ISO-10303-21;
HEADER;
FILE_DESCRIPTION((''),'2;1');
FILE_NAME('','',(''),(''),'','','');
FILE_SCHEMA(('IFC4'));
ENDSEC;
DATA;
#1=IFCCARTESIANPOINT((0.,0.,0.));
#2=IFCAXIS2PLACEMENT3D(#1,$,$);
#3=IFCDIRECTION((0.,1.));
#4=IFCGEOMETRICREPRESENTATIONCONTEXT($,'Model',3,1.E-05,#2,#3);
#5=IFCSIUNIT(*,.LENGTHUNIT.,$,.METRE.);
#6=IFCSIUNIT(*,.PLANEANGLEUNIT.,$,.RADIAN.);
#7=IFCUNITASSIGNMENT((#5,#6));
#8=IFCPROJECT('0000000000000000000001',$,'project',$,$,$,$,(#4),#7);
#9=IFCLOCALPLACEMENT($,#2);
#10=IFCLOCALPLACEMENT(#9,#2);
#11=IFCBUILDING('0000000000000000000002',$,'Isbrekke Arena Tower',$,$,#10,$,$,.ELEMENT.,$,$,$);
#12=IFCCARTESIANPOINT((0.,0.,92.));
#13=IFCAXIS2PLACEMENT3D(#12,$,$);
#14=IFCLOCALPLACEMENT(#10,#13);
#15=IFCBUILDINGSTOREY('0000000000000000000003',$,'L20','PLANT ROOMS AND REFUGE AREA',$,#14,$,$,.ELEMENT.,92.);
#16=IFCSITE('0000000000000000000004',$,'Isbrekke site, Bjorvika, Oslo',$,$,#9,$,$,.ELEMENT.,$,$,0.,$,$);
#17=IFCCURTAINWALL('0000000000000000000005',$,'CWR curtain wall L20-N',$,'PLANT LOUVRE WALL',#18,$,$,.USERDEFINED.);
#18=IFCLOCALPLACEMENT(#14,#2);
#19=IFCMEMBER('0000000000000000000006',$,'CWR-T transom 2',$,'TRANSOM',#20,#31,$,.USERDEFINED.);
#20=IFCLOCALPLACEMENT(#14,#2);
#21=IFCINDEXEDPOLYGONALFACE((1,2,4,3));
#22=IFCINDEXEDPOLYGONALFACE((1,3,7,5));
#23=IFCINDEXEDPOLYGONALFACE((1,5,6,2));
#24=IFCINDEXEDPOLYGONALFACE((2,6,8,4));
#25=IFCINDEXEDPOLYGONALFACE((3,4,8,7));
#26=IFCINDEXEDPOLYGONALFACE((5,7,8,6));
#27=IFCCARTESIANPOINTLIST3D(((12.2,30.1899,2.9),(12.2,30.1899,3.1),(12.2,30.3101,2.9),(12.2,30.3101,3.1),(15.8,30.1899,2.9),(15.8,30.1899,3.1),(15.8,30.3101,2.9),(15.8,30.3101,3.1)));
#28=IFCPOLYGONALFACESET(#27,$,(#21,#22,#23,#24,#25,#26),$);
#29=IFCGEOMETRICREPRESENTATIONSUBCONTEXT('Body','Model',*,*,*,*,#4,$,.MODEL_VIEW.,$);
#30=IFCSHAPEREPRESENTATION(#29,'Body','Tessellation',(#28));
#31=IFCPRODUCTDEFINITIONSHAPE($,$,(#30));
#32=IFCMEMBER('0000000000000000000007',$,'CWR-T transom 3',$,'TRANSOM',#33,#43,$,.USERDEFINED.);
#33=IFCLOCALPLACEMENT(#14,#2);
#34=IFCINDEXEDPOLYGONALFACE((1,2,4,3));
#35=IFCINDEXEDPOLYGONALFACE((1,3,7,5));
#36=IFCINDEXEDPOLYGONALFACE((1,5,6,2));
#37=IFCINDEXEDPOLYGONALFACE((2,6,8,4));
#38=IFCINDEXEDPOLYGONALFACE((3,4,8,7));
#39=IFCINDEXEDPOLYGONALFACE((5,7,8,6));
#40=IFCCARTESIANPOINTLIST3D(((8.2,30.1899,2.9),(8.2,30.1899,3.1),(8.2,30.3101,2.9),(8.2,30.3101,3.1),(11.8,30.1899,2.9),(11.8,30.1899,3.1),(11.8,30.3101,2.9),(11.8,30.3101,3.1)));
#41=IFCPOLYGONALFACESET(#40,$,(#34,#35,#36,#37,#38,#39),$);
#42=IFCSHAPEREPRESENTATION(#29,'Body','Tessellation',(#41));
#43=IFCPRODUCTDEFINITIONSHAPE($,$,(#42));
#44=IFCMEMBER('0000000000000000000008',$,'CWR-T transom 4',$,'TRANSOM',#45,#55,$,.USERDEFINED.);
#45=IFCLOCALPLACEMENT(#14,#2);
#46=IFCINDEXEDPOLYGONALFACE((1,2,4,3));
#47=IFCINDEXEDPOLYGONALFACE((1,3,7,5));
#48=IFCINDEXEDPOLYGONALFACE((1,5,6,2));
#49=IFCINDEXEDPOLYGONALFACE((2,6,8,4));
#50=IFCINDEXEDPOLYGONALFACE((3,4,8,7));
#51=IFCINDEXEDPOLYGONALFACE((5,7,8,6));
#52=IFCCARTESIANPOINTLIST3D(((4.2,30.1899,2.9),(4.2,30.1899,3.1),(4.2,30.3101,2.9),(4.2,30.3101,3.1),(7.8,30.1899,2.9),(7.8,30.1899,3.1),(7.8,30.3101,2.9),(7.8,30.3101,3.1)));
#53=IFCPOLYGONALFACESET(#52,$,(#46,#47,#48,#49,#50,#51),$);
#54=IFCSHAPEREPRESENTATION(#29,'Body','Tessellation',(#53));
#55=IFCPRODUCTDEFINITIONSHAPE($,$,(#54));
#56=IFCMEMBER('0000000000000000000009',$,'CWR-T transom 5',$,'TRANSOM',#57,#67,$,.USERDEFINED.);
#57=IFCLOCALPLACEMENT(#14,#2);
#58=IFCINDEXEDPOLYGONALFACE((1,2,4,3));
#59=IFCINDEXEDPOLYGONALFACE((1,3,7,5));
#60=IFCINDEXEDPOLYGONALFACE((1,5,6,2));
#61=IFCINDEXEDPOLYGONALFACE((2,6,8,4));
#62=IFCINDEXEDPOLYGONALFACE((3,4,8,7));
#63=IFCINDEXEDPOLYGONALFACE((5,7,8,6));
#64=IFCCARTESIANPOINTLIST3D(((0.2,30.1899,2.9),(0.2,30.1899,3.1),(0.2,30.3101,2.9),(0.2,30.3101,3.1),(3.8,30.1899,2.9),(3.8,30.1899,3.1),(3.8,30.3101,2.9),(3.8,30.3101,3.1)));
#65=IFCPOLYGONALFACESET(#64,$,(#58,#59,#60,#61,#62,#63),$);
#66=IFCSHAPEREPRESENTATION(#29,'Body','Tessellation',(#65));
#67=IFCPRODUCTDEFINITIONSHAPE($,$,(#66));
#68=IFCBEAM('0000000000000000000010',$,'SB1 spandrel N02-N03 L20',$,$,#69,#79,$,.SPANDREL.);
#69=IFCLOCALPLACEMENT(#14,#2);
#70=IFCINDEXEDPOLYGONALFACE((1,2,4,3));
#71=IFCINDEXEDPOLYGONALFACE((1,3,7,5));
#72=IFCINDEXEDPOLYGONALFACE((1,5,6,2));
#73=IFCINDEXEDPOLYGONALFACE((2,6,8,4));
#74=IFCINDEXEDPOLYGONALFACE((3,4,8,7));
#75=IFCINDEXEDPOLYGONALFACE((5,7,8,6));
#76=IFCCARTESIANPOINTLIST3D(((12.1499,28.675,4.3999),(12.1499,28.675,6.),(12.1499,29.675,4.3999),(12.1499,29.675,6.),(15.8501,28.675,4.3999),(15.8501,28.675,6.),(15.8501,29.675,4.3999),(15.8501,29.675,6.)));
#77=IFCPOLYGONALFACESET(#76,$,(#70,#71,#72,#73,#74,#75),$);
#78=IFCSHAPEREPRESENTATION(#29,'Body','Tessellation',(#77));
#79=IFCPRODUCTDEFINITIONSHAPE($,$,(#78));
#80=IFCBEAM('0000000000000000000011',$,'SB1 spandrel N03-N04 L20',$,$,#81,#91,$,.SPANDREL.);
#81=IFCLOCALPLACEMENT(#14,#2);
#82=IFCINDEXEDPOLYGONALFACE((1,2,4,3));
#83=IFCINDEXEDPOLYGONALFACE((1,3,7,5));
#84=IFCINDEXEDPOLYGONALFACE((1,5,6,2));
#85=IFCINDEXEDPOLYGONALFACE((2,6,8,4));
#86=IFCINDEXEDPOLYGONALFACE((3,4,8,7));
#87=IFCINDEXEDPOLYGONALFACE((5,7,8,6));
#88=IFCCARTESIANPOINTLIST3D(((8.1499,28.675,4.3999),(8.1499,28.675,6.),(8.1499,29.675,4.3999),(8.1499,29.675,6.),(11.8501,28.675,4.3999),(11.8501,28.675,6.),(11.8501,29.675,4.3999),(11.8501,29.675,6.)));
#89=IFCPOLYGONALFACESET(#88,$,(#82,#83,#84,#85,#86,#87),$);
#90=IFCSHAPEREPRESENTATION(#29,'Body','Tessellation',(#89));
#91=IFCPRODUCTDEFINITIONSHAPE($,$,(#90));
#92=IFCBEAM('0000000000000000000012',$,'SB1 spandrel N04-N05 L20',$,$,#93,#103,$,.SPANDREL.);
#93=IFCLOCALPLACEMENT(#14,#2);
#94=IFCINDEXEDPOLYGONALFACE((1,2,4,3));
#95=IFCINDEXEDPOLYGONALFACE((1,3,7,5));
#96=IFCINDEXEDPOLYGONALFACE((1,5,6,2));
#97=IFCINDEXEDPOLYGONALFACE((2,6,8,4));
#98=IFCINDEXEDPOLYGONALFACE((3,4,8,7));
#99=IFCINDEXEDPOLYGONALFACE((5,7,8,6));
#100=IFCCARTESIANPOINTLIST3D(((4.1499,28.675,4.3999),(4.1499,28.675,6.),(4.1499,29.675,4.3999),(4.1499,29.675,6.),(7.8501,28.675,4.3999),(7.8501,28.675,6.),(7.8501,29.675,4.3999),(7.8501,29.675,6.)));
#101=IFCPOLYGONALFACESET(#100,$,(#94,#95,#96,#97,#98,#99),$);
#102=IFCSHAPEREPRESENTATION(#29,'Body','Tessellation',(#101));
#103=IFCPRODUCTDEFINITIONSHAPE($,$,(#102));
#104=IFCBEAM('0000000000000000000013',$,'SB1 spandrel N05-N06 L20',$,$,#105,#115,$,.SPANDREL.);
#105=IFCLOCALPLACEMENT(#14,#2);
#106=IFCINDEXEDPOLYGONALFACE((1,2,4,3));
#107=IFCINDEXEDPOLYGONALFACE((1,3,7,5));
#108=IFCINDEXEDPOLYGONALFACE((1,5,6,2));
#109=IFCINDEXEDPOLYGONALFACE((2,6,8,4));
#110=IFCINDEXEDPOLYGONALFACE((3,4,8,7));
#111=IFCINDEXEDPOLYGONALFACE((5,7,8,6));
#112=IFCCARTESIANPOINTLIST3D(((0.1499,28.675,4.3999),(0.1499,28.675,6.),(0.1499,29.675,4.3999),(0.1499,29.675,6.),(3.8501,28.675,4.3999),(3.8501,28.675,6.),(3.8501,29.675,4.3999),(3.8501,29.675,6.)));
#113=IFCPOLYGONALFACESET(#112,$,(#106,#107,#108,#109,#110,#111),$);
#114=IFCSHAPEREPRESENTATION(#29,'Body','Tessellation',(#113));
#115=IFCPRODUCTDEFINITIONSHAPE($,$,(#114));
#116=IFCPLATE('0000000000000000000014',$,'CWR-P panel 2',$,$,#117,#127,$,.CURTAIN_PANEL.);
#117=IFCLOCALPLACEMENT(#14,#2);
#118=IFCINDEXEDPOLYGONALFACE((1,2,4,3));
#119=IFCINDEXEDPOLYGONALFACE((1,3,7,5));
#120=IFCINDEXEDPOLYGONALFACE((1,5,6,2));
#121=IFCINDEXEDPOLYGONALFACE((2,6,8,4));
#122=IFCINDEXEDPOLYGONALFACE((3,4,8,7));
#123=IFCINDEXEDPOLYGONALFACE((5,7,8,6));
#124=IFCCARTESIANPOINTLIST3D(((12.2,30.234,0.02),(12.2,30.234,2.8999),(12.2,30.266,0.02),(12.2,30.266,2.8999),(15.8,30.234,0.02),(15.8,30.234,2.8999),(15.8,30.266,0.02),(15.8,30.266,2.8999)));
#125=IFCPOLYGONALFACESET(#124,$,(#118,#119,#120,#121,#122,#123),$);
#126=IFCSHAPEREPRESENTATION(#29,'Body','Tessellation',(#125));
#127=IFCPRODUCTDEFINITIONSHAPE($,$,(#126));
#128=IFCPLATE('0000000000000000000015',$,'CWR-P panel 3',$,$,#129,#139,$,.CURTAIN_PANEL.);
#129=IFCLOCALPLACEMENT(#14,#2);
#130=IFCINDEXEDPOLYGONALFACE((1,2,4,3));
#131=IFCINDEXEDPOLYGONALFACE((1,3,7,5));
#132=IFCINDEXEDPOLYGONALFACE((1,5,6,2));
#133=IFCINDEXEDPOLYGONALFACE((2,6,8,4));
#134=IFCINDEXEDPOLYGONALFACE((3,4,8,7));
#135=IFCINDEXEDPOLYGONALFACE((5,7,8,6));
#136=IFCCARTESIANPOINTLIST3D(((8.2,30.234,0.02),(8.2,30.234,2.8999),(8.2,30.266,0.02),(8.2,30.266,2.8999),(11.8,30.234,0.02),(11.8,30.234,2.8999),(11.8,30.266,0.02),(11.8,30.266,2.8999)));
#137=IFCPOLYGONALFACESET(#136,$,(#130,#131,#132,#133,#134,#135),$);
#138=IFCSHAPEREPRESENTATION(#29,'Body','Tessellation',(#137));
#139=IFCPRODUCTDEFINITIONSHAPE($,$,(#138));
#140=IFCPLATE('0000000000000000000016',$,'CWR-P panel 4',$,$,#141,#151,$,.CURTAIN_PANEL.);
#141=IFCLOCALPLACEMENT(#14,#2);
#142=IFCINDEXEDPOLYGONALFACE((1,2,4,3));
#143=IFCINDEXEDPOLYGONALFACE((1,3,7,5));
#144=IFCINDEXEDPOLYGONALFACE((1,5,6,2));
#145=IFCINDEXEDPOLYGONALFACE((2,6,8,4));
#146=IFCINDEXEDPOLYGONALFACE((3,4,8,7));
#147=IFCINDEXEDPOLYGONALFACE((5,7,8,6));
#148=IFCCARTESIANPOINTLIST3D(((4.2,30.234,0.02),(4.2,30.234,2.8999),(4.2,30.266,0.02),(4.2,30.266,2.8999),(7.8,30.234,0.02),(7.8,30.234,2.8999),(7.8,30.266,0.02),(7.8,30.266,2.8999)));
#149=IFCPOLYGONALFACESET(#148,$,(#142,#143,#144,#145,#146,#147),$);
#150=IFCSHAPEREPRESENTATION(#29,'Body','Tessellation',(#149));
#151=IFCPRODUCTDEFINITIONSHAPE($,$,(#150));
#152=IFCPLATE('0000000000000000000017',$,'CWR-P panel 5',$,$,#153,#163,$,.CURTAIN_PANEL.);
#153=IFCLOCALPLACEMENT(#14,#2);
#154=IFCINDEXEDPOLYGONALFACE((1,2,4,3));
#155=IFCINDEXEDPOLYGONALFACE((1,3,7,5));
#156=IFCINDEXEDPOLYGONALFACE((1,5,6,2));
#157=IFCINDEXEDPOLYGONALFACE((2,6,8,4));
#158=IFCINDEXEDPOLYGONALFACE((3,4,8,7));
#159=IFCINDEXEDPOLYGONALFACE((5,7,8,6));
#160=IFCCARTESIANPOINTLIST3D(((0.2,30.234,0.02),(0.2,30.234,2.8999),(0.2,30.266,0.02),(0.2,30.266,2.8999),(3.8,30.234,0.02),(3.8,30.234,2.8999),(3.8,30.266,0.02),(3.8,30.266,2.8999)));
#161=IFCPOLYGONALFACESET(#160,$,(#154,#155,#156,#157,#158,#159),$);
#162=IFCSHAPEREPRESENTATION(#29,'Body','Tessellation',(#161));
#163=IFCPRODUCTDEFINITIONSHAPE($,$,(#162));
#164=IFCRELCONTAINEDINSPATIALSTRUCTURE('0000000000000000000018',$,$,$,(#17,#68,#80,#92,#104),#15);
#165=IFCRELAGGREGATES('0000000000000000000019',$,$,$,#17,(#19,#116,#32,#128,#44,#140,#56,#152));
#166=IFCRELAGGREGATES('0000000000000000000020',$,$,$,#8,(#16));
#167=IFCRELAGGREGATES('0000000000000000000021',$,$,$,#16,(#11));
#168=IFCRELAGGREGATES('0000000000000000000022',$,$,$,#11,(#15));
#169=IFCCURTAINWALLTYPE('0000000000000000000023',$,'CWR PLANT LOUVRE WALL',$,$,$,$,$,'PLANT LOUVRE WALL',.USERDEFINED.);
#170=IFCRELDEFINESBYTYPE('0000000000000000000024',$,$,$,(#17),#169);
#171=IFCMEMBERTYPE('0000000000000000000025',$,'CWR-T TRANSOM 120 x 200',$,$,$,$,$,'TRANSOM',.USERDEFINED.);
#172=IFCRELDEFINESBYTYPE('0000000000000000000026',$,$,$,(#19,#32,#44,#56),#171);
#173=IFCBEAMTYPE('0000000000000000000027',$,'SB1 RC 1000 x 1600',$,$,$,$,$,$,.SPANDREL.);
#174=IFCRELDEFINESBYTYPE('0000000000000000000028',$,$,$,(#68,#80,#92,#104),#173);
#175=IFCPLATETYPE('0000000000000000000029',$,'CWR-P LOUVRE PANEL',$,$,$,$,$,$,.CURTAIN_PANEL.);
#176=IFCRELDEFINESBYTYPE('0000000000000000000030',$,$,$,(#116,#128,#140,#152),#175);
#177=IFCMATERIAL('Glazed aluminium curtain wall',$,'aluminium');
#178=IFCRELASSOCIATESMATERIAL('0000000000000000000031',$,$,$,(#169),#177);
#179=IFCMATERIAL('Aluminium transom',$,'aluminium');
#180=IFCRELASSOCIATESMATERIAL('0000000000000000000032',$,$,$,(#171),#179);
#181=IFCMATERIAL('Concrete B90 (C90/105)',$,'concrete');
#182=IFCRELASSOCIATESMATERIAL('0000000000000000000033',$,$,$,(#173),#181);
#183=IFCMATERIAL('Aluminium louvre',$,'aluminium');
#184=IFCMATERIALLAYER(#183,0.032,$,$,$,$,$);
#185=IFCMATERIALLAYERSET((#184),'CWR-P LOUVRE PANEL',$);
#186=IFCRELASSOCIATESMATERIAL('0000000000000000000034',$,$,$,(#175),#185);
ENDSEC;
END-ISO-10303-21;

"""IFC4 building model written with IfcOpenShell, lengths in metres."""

from ifc_helpers import new_model, si_unit, direction, frame, origin, origin_2d, place, context, subcontext, project, spatial, rectangle, extrude, material, layer, layer_set, material_profile, profile_set, type_object, element, aggregate, save


model = new_model("IFC4")

# Units and contexts
model_context = context("Model", 3, precision=1e-05, world=origin(), true_north=direction((0.0, 1.0)))
body_context = subcontext(model_context, "Body", "Model", "MODEL_VIEW")
ifc_project = project(units=[si_unit("LENGTHUNIT", "METRE"), si_unit("PLANEANGLEUNIT", "RADIAN")], contexts=[model_context])

# Site, building, storey
site_placement = place(None, origin())
site = spatial("IfcSite", under=ifc_project, at=site_placement, Name="Isbrekke site, Bjorvika, Oslo", CompositionType="ELEMENT", RefElevation=0.0)
building_placement = place(site_placement, origin())
building = spatial("IfcBuilding", under=site, at=building_placement, Name="Isbrekke Arena Tower", CompositionType="ELEMENT")
storey_placement = place(building_placement, frame((0.0, 0.0, 92.0)))
storey = spatial("IfcBuildingStorey", under=building, at=storey_placement, Name="L20", Description="PLANT ROOMS AND REFUGE AREA", CompositionType="ELEMENT", Elevation=92.0)

# Curtain wall, members
ifc_material_1 = material(Name="Glazed aluminium curtain wall", Category="aluminium")
curtain_wall_type = type_object("IfcCurtainWallType", Name="CWR PLANT LOUVRE WALL", ElementType="PLANT LOUVRE WALL", PredefinedType="USERDEFINED", material=ifc_material_1)
curtain_wall_placement = place(storey_placement, origin())
curtain_wall = element("IfcCurtainWall", 1, at=curtain_wall_placement, inside=storey, type_object=curtain_wall_type, Name="CWR curtain wall L20-N", ObjectType="PLANT LOUVRE WALL", PredefinedType="USERDEFINED")
ifc_material_2 = material(Name="Aluminium transom", Category="aluminium")
ifc_material_profile_1 = material_profile(ifc_material_2, rectangle(XDim=0.1201, YDim=0.2, at=origin_2d()), Name="TRANSOM 120X200")
ifc_profile_set_1 = profile_set([ifc_material_profile_1], Name="Aluminium transom")
member_type_1 = type_object("IfcMemberType", Name="CWR-T TRANSOM 120 x 200", ElementType="TRANSOM", PredefinedType="USERDEFINED", material=ifc_profile_set_1)
member_1_placement = place(storey_placement, frame((15.8, 30.25, 3.0), z_axis=(-1.0, 0.0, 0.0), x_axis=(0.0, -1.0, 0.0)))
member_1 = element("IfcMember", 2, at=member_1_placement, type_object=member_type_1, Name="CWR-T transom 2", ObjectType="TRANSOM", PredefinedType="USERDEFINED", context=body_context, shape_type="SweptSolid", body=[
    extrude(rectangle(XDim=0.1201, YDim=0.2, at=origin_2d()), origin(), (0.0, 0.0, 1.0), 3.6001),
])
member_2_placement = place(storey_placement, frame((11.8, 30.25, 3.0), z_axis=(-1.0, 0.0, 0.0), x_axis=(0.0, -1.0, 0.0)))
member_2 = element("IfcMember", 3, at=member_2_placement, type_object=member_type_1, Name="CWR-T transom 3", ObjectType="TRANSOM", PredefinedType="USERDEFINED", context=body_context, shape_type="SweptSolid", body=[
    extrude(rectangle(XDim=0.1201, YDim=0.2, at=origin_2d()), origin(), (0.0, 0.0, 1.0), 3.6001),
])
member_3_placement = place(storey_placement, frame((7.8, 30.25, 3.0), z_axis=(-1.0, 0.0, 0.0), x_axis=(0.0, -1.0, 0.0)))
member_3 = element("IfcMember", 4, at=member_3_placement, type_object=member_type_1, Name="CWR-T transom 4", ObjectType="TRANSOM", PredefinedType="USERDEFINED", context=body_context, shape_type="SweptSolid", body=[
    extrude(rectangle(XDim=0.1201, YDim=0.2, at=origin_2d()), origin(), (0.0, 0.0, 1.0), 3.6001),
])
member_4_placement = place(storey_placement, frame((3.8, 30.25, 3.0), z_axis=(-1.0, 0.0, 0.0), x_axis=(0.0, -1.0, 0.0)))
member_4 = element("IfcMember", 5, at=member_4_placement, type_object=member_type_1, Name="CWR-T transom 5", ObjectType="TRANSOM", PredefinedType="USERDEFINED", context=body_context, shape_type="SweptSolid", body=[
    extrude(rectangle(XDim=0.1201, YDim=0.2, at=origin_2d()), origin(), (0.0, 0.0, 1.0), 3.6001),
])

# Beams
ifc_material_3 = material(Name="Concrete B90 (C90/105)", Category="concrete")
ifc_material_profile_2 = material_profile(ifc_material_3, rectangle(XDim=1.0, YDim=1.6001, at=origin_2d()), Name="RC 1000x1600")
ifc_profile_set_2 = profile_set([ifc_material_profile_2], Name="Concrete B90 (C90/105)")
beam_type_1 = type_object("IfcBeamType", Name="SB1 RC 1000 x 1600", PredefinedType="SPANDREL", material=ifc_profile_set_2)
for number, where, z_axis, x_axis, name in (
    (6, (15.8501, 29.175, 5.2), (-1.0, 0.0, 0.0), (0.0, -1.0, 0.0), "SB1 spandrel N02-N03 L20"),
    (7, (11.8501, 29.175, 5.2), (-1.0, 0.0, 0.0), (0.0, -1.0, 0.0), "SB1 spandrel N03-N04 L20"),
    (8, (7.8501, 29.175, 5.2), (-1.0, 0.0, 0.0), (0.0, -1.0, 0.0), "SB1 spandrel N04-N05 L20"),
    (9, (3.8501, 29.175, 5.2), (-1.0, 0.0, 0.0), (0.0, -1.0, 0.0), "SB1 spandrel N05-N06 L20"),
):
    element("IfcBeam", number, at=place(storey_placement, frame(where, z_axis=z_axis, x_axis=x_axis)), inside=storey, type_object=beam_type_1, Name=name, PredefinedType="SPANDREL", context=body_context, shape_type="SweptSolid", body=[
        extrude(rectangle(XDim=1.0, YDim=1.6001, at=origin_2d()), origin(), (0.0, 0.0, 1.0), 3.7002),
    ])

# Plates
ifc_material_4 = material(Name="Aluminium louvre", Category="aluminium")
ifc_layer = layer(ifc_material_4, 0.032)
ifc_layer_set = layer_set([ifc_layer], Name="CWR-P LOUVRE PANEL")
plate_type = type_object("IfcPlateType", Name="CWR-P LOUVRE PANEL", PredefinedType="CURTAIN_PANEL", material=ifc_layer_set)
plate_1_placement = place(storey_placement, frame((14.0, 30.25, 0.02), z_axis=(0.0, 0.0, 1.0), x_axis=(-1.0, 0.0, 0.0)))
plate_1 = element("IfcPlate", 10, at=plate_1_placement, type_object=plate_type, Name="CWR-P panel 2", PredefinedType="CURTAIN_PANEL", context=body_context, shape_type="SweptSolid", body=[
    extrude(rectangle(XDim=3.6001, YDim=0.032, at=origin_2d()), origin(), (0.0, 0.0, 1.0), 2.8799),
])
plate_2_placement = place(storey_placement, frame((10.0, 30.25, 0.02), z_axis=(0.0, 0.0, 1.0), x_axis=(-1.0, 0.0, 0.0)))
plate_2 = element("IfcPlate", 11, at=plate_2_placement, type_object=plate_type, Name="CWR-P panel 3", PredefinedType="CURTAIN_PANEL", context=body_context, shape_type="SweptSolid", body=[
    extrude(rectangle(XDim=3.6001, YDim=0.032, at=origin_2d()), origin(), (0.0, 0.0, 1.0), 2.8799),
])
plate_3_placement = place(storey_placement, frame((6.0, 30.25, 0.02), z_axis=(0.0, 0.0, 1.0), x_axis=(-1.0, 0.0, 0.0)))
plate_3 = element("IfcPlate", 12, at=plate_3_placement, type_object=plate_type, Name="CWR-P panel 4", PredefinedType="CURTAIN_PANEL", context=body_context, shape_type="SweptSolid", body=[
    extrude(rectangle(XDim=3.6001, YDim=0.032, at=origin_2d()), origin(), (0.0, 0.0, 1.0), 2.8799),
])
plate_4_placement = place(storey_placement, frame((2.0, 30.25, 0.02), z_axis=(0.0, 0.0, 1.0), x_axis=(-1.0, 0.0, 0.0)))
plate_4 = element("IfcPlate", 13, at=plate_4_placement, type_object=plate_type, Name="CWR-P panel 5", PredefinedType="CURTAIN_PANEL", context=body_context, shape_type="SweptSolid", body=[
    extrude(rectangle(XDim=3.6001, YDim=0.032, at=origin_2d()), origin(), (0.0, 0.0, 1.0), 2.8799),
])
aggregate(curtain_wall, [member_1, plate_1, member_2, plate_2, member_3, plate_3, member_4, plate_4])

save(model, "model.ifc")
